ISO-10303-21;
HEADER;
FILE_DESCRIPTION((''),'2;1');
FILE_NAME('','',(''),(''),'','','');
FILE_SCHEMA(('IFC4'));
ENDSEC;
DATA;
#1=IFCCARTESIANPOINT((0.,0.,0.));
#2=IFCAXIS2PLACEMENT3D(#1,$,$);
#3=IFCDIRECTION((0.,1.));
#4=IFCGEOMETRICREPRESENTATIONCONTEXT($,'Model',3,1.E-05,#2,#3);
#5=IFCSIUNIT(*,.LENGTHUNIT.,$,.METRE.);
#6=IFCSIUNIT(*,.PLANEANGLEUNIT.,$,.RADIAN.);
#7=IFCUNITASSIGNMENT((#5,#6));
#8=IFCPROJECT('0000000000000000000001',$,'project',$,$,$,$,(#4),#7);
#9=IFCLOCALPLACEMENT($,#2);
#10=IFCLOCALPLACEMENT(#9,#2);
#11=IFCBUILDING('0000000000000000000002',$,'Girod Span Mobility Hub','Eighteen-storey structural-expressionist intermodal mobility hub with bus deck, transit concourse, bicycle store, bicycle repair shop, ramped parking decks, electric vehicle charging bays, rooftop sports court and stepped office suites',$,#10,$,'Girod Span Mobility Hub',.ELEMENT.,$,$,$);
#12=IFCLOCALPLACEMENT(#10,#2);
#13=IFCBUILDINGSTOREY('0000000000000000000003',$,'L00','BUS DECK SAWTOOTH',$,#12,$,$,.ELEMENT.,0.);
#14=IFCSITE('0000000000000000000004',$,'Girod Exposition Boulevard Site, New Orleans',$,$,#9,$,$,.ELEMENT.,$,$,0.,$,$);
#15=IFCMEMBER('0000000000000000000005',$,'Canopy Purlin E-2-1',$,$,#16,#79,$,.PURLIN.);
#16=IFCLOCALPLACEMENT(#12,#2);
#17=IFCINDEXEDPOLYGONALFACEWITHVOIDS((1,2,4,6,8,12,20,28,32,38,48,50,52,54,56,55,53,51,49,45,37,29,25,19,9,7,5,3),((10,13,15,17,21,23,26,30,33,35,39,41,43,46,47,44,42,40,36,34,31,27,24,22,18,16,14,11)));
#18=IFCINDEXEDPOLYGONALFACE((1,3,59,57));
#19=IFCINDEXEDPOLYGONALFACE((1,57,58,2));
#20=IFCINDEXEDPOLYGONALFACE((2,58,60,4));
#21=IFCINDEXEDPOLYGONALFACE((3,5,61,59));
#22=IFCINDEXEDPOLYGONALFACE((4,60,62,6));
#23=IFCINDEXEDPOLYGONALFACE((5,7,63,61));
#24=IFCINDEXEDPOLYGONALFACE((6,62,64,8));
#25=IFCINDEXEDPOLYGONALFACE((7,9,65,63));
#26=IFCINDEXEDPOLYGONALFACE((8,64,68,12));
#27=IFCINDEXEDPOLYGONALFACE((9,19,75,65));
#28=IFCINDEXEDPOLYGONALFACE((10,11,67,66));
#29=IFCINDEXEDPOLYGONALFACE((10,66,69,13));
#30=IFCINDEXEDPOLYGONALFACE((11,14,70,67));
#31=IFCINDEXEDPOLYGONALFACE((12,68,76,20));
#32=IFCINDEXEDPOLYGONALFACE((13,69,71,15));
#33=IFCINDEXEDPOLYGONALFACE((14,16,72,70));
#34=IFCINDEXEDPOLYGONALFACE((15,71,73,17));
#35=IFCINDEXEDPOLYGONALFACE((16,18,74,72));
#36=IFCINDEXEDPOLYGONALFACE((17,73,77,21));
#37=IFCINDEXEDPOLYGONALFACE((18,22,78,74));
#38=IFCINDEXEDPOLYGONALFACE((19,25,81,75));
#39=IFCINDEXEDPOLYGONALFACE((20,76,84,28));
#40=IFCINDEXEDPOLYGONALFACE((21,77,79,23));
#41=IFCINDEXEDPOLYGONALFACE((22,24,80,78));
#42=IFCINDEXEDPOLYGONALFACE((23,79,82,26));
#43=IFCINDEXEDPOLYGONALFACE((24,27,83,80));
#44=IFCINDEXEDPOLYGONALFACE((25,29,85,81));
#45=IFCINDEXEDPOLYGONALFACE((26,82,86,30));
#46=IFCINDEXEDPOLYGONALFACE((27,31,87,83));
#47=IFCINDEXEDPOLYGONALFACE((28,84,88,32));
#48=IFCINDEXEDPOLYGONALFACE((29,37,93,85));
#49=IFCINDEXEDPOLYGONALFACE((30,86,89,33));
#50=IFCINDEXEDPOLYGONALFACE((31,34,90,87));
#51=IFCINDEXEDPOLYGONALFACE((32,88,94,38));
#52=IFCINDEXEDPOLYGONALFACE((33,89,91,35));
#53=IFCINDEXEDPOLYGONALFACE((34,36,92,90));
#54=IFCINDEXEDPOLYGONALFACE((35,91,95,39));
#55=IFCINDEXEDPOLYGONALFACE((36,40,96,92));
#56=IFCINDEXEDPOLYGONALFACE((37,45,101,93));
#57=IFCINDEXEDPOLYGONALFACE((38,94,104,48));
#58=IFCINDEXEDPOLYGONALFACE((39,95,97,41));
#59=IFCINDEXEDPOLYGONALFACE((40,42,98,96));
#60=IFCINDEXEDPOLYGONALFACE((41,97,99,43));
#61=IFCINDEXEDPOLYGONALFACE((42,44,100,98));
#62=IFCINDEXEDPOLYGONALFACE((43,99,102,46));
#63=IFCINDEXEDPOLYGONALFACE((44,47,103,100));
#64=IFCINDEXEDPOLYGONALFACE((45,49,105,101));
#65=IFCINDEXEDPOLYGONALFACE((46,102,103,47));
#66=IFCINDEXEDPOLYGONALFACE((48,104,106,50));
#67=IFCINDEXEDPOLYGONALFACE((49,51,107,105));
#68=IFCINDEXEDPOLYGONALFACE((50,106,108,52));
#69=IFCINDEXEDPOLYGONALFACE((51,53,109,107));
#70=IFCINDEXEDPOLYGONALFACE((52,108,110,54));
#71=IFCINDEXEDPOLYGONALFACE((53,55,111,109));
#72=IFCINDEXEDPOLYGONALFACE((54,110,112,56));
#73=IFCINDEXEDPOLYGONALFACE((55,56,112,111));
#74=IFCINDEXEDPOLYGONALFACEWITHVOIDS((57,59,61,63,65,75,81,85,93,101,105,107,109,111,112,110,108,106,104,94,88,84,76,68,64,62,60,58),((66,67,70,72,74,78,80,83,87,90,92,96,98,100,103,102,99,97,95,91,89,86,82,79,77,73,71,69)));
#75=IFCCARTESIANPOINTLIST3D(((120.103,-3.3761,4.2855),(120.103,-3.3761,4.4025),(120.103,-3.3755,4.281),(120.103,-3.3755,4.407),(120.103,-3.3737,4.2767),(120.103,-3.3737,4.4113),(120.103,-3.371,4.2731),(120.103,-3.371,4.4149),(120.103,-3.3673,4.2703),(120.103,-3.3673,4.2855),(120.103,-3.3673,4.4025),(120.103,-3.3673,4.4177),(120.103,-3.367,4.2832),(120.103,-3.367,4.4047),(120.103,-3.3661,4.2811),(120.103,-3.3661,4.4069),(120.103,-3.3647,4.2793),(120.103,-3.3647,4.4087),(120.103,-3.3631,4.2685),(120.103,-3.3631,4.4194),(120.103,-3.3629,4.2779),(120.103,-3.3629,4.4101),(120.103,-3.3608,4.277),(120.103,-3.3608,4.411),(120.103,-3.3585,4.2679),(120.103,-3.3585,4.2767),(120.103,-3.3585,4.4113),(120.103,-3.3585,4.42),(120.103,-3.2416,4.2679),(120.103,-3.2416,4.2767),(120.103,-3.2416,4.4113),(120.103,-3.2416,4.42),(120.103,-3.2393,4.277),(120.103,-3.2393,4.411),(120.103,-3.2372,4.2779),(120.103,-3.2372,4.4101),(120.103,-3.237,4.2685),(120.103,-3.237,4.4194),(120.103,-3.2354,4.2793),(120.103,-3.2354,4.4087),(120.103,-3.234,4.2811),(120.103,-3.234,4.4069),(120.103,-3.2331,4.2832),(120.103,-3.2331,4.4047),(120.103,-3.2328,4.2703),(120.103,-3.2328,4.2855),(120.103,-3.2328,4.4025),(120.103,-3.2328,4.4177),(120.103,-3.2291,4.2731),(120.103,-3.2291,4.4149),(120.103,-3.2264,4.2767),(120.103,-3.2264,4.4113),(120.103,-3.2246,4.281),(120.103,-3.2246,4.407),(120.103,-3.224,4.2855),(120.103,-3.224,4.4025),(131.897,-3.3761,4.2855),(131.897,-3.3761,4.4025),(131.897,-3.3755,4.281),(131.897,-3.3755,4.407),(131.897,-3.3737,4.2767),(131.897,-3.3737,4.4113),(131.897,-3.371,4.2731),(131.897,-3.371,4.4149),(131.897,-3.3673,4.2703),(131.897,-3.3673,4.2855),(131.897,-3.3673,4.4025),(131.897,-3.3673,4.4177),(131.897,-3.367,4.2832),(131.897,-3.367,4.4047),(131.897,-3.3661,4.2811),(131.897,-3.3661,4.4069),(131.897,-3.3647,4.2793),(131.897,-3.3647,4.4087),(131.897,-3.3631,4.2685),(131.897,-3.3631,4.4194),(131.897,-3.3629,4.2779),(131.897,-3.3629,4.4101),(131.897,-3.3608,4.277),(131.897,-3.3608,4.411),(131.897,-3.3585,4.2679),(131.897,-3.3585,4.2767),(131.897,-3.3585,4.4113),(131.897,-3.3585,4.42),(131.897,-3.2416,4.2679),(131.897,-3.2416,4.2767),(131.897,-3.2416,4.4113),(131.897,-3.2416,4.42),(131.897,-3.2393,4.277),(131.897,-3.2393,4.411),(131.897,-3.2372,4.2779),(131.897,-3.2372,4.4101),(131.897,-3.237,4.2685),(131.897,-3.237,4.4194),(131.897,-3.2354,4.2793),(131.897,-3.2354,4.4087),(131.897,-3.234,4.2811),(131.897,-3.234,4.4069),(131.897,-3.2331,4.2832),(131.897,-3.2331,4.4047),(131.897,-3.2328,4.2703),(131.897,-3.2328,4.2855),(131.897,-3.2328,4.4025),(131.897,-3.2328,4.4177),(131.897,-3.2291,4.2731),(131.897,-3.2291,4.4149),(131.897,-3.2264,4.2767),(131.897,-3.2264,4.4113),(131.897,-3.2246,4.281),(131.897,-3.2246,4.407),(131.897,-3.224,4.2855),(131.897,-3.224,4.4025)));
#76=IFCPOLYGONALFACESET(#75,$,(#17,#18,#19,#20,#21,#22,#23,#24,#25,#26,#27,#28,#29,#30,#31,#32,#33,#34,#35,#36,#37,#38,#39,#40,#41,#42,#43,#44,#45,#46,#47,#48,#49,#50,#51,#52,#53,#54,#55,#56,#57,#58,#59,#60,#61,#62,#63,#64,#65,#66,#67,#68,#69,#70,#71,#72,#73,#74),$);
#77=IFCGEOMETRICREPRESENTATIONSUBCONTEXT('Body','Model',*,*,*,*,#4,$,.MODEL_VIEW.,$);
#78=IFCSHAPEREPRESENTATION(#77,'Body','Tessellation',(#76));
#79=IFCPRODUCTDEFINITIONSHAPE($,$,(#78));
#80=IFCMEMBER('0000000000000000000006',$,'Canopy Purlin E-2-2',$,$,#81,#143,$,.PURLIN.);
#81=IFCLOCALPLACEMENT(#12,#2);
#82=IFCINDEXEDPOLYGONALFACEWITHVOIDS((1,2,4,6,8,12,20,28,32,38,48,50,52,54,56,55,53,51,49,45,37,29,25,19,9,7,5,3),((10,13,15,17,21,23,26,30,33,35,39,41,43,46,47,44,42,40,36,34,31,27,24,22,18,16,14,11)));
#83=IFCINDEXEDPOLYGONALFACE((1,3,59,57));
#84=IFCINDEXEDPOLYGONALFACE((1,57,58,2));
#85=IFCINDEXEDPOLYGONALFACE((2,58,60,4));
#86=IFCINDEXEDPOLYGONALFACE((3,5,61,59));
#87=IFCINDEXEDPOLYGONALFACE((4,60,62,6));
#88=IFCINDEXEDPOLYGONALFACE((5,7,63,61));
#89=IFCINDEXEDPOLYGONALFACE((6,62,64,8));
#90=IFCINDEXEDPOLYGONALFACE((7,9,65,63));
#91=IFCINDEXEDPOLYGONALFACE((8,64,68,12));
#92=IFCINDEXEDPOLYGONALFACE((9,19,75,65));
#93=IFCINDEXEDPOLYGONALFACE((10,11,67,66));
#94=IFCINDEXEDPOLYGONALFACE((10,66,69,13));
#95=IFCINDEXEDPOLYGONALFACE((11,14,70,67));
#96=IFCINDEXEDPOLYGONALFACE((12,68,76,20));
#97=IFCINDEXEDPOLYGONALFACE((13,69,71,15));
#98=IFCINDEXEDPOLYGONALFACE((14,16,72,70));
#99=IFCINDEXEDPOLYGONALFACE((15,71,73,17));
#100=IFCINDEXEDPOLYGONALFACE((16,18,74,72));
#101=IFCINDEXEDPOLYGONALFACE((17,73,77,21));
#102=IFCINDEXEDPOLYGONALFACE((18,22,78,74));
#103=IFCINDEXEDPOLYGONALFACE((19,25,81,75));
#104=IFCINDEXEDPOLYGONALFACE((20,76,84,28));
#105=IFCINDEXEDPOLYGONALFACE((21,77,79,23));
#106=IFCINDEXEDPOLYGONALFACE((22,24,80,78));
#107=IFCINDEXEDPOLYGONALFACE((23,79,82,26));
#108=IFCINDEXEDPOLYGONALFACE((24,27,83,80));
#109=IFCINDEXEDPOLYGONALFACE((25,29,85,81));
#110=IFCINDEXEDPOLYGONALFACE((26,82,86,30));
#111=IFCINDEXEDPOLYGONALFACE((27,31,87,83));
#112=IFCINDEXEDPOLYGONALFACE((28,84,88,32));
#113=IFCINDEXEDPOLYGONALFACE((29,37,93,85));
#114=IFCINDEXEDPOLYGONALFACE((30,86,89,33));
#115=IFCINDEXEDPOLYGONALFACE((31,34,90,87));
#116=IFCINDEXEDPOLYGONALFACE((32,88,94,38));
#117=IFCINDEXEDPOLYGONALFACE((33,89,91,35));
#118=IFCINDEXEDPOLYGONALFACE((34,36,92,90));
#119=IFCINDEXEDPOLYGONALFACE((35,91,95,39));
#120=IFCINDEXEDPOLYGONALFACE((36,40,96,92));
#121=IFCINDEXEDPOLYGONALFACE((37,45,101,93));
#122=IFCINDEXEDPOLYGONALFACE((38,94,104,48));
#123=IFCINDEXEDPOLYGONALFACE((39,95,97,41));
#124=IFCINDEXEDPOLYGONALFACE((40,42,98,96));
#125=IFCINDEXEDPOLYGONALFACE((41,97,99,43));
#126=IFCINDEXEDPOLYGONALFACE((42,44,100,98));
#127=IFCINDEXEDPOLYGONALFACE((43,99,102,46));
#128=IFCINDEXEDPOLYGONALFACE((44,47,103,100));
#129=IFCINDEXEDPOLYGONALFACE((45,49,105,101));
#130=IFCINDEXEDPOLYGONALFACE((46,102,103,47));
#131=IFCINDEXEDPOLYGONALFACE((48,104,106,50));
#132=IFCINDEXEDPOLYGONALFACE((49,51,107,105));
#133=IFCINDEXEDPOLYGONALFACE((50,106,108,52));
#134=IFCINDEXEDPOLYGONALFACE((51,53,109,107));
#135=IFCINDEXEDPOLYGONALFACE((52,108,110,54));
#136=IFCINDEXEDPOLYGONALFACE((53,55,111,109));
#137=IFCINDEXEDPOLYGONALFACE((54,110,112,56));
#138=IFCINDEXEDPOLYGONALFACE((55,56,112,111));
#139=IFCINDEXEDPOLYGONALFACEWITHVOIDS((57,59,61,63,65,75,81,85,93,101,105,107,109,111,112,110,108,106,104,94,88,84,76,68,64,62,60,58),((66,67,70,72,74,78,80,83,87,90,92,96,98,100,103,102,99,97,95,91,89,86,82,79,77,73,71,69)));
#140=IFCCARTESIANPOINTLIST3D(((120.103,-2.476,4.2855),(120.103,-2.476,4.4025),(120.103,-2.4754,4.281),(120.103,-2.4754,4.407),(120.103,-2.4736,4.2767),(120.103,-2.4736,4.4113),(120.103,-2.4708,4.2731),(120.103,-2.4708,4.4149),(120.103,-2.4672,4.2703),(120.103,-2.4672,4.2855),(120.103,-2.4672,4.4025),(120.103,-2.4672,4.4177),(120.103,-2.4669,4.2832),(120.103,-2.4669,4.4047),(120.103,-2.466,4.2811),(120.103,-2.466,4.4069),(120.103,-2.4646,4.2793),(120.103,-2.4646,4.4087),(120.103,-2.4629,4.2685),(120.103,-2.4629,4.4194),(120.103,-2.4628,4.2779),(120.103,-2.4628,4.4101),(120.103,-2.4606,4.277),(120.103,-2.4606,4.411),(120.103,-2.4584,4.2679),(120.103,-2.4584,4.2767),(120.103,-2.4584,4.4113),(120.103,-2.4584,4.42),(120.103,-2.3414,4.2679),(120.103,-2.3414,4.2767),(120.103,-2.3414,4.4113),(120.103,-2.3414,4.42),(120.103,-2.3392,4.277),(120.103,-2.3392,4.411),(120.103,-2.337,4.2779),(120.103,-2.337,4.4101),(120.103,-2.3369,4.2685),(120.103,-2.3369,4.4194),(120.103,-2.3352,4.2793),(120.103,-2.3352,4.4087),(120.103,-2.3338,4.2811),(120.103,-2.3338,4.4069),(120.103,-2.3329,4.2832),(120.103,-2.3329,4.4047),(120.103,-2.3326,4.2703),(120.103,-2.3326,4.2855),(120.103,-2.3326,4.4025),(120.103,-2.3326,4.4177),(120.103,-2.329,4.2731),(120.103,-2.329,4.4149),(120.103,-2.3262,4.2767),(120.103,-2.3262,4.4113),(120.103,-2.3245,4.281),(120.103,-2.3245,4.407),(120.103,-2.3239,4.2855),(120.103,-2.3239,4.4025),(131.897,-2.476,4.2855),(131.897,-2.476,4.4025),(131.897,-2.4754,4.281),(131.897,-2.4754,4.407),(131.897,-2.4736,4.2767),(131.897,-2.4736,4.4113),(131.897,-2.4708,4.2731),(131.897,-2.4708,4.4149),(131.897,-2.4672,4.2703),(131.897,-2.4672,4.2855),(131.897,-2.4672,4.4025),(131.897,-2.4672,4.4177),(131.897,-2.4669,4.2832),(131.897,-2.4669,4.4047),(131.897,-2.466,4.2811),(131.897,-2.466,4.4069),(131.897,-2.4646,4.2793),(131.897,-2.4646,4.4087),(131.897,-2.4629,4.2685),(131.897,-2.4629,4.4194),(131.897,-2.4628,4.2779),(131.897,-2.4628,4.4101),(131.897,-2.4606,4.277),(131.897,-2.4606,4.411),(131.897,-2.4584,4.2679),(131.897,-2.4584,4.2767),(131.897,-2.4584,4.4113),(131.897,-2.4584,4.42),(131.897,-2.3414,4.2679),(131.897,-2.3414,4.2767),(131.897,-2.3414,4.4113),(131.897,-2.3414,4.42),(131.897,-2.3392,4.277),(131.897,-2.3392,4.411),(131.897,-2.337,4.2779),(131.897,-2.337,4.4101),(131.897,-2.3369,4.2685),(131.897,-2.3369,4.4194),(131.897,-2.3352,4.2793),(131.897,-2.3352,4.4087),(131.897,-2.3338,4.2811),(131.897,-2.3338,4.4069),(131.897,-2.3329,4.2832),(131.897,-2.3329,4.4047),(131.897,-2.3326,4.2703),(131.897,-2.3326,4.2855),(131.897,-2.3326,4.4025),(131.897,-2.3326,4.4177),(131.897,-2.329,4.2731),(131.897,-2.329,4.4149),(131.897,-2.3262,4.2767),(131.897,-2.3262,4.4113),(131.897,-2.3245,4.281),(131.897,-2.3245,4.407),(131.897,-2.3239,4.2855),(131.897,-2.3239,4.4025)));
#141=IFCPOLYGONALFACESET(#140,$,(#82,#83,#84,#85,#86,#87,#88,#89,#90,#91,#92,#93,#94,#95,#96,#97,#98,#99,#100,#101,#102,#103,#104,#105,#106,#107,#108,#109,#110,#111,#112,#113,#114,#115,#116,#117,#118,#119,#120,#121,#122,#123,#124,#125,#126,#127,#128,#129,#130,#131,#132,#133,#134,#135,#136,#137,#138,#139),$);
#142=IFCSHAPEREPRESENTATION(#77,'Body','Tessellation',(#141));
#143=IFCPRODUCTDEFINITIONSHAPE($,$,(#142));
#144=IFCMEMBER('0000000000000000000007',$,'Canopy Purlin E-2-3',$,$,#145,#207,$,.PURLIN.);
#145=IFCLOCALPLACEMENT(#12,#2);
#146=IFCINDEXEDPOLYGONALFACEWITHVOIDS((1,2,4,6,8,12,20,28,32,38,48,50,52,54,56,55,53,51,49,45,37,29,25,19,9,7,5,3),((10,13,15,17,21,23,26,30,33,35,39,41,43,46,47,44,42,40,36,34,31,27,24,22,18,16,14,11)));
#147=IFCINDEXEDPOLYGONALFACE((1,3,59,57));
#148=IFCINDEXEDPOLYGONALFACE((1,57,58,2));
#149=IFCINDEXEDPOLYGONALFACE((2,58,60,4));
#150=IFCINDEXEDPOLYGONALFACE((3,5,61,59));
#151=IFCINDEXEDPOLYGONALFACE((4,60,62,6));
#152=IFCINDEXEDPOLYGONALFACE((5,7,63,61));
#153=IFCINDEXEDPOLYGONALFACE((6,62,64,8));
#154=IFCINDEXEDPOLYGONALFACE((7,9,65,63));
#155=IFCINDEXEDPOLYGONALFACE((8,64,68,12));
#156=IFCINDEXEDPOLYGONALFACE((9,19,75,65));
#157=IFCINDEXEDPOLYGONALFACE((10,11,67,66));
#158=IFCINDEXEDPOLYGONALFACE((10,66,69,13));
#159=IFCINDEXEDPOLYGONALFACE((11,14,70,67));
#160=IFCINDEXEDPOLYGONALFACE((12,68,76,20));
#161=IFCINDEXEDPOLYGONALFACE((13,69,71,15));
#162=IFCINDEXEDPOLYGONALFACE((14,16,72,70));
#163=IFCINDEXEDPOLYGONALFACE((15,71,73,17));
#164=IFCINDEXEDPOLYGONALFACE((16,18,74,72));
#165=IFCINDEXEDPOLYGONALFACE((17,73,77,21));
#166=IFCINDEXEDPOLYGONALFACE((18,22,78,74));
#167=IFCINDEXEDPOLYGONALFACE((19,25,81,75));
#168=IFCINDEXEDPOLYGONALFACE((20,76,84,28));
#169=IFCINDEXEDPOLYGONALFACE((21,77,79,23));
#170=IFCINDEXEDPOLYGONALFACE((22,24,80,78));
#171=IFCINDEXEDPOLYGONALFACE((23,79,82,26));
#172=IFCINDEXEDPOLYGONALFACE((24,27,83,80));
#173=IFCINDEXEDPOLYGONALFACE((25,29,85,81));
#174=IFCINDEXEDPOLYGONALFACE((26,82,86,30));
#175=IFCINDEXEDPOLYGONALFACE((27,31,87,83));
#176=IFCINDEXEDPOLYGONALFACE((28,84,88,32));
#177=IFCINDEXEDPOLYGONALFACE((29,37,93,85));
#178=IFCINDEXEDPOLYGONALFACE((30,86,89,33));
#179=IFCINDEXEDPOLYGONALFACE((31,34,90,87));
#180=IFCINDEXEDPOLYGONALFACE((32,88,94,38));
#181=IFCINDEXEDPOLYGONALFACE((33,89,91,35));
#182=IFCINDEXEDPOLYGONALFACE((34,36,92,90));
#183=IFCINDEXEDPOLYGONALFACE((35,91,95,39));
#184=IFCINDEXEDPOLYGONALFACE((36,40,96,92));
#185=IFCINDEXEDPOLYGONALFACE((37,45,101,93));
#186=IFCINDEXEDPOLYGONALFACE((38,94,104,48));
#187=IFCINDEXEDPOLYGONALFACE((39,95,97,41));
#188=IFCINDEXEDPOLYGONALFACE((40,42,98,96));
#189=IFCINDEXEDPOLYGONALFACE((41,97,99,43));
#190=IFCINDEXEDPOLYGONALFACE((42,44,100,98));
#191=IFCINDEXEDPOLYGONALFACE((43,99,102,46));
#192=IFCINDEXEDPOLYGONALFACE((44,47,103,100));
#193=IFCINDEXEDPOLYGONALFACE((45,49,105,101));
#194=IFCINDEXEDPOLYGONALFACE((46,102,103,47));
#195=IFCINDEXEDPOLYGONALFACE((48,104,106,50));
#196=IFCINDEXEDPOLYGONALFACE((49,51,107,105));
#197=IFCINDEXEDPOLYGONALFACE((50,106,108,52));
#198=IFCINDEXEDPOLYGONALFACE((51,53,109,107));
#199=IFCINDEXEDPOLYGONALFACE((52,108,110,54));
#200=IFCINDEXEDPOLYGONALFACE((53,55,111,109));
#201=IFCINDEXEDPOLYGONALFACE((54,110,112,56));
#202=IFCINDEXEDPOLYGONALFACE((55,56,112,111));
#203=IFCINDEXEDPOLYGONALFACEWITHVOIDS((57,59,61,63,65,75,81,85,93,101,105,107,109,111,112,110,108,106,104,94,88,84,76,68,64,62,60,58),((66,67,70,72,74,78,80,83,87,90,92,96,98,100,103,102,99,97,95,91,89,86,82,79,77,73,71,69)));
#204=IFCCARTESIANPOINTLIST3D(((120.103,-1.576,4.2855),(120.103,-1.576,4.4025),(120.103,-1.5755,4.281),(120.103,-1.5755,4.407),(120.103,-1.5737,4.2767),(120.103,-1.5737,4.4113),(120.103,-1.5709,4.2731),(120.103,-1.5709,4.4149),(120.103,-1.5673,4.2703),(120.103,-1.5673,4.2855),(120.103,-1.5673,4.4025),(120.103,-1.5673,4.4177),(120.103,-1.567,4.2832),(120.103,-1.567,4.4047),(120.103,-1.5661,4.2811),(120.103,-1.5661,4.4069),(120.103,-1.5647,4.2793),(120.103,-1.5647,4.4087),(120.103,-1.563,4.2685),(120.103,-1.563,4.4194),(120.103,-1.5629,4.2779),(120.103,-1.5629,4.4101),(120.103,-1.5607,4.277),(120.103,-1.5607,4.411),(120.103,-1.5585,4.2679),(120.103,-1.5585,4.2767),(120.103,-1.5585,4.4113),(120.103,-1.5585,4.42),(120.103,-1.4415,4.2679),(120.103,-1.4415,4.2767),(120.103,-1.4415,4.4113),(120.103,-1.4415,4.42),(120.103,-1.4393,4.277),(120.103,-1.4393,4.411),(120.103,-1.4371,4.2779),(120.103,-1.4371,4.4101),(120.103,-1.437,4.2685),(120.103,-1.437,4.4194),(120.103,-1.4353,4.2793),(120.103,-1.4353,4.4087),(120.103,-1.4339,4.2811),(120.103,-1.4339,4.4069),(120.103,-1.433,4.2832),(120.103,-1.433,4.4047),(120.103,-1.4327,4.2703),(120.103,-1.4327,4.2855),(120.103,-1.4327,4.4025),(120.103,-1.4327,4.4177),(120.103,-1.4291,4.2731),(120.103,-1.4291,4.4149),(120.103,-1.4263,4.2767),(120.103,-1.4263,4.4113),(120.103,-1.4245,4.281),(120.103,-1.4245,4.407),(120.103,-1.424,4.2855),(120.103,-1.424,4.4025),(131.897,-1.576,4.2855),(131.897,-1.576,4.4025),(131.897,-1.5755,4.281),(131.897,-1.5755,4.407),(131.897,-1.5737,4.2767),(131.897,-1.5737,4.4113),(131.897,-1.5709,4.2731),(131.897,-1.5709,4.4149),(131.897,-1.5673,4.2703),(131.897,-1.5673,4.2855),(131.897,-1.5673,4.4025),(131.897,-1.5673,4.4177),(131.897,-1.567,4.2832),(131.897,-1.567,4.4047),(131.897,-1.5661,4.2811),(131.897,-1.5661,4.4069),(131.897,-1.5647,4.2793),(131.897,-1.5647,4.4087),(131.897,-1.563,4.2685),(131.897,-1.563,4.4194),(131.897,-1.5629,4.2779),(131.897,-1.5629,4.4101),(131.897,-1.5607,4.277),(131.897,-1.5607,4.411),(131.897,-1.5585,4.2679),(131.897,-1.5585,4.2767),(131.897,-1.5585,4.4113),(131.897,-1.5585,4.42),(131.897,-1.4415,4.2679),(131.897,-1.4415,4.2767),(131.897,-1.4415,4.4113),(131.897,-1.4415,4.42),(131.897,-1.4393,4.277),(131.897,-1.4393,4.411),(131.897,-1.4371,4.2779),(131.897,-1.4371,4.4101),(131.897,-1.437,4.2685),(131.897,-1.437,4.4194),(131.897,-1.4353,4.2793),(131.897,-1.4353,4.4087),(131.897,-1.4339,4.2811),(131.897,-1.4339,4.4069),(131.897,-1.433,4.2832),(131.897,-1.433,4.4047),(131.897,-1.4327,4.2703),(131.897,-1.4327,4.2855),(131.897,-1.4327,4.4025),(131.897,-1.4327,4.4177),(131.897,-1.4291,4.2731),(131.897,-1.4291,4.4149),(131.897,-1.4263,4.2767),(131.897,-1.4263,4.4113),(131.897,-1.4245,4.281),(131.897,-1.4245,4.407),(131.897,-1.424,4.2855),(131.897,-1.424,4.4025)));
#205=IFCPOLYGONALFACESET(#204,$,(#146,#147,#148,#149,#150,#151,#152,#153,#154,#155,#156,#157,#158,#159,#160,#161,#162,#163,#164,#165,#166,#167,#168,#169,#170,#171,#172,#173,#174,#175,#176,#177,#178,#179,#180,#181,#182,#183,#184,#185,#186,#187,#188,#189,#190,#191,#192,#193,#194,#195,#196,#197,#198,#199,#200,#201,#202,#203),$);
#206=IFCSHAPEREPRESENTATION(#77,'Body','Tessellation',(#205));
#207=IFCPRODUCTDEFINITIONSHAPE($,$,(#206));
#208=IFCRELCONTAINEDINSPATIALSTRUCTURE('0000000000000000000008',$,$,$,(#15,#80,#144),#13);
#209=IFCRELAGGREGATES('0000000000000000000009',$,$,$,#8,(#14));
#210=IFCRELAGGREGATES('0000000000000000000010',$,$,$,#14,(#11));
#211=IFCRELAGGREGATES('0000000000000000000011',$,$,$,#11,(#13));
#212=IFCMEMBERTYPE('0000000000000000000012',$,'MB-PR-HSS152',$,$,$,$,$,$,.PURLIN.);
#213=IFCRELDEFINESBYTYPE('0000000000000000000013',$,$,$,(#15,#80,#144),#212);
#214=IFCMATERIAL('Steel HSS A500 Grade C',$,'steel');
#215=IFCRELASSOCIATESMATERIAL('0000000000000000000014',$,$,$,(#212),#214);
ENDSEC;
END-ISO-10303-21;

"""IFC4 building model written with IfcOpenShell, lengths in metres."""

from ifc_helpers import new_model, si_unit, direction, frame, origin, origin_2d, place, context, subcontext, project, spatial, hollow_rectangle, extrude, material, material_profile, profile_set, type_object, element, save


model = new_model("IFC4")

# Units and contexts
model_context = context("Model", 3, precision=1e-05, world=origin(), true_north=direction((0.0, 1.0)))
body_context = subcontext(model_context, "Body", "Model", "MODEL_VIEW")
ifc_project = project(units=[si_unit("LENGTHUNIT", "METRE"), si_unit("PLANEANGLEUNIT", "RADIAN")], contexts=[model_context])

# Site, building, storey
site_placement = place(None, origin())
site = spatial("IfcSite", under=ifc_project, at=site_placement, Name="Girod Exposition Boulevard Site, New Orleans", CompositionType="ELEMENT", RefElevation=0.0)
building_placement = place(site_placement, origin())
building = spatial("IfcBuilding", under=site, at=building_placement, Name="Girod Span Mobility Hub", Description="Eighteen-storey structural-expressionist intermodal mobility hub with bus deck, transit concourse, bicycle store, bicycle repair shop, ramped parking decks, electric vehicle charging bays, rooftop sports court and stepped office suites", LongName="Girod Span Mobility Hub", CompositionType="ELEMENT")
storey_placement = place(building_placement, origin())
storey = spatial("IfcBuildingStorey", under=building, at=storey_placement, Name="L00", Description="BUS DECK SAWTOOTH", CompositionType="ELEMENT", Elevation=0.0)

# Members
ifc_material_1 = material(Name="Steel HSS A500 Grade C", Category="steel")
ifc_material_profile_1 = material_profile(ifc_material_1, hollow_rectangle(XDim=0.1521, YDim=0.1521, WallThickness=0.0088, InnerFilletRadius=0.0088, OuterFilletRadius=0.0176, at=origin_2d()), Name="HSS152X152X9.5")
ifc_profile_set_1 = profile_set([ifc_material_profile_1], Name="Steel HSS A500 Grade C")
member_type_1 = type_object("IfcMemberType", Name="MB-PR-HSS152", PredefinedType="PURLIN", material=ifc_profile_set_1)
for number, where, z_axis, x_axis, name in (
    (1, (120.103, -3.3, 4.344), (1.0, 0.0, 0.0), (0.0, 1.0, 0.0), "Canopy Purlin E-2-1"),
    (2, (120.103, -2.3999, 4.344), (1.0, 0.0, 0.0), (0.0, 1.0, 0.0), "Canopy Purlin E-2-2"),
    (3, (120.103, -1.5, 4.344), (1.0, 0.0, 0.0), (0.0, 1.0, 0.0), "Canopy Purlin E-2-3"),
):
    element("IfcMember", number, at=place(storey_placement, frame(where, z_axis=z_axis, x_axis=x_axis)), inside=storey, type_object=member_type_1, Name=name, PredefinedType="PURLIN", context=body_context, shape_type="SweptSolid", body=[
        extrude(hollow_rectangle(XDim=0.1521, YDim=0.1521, WallThickness=0.0088, InnerFilletRadius=0.0088, OuterFilletRadius=0.0176, at=origin_2d()), origin(), (0.0, 0.0, 1.0), 11.7939),
    ])

save(model, "model.ifc")
